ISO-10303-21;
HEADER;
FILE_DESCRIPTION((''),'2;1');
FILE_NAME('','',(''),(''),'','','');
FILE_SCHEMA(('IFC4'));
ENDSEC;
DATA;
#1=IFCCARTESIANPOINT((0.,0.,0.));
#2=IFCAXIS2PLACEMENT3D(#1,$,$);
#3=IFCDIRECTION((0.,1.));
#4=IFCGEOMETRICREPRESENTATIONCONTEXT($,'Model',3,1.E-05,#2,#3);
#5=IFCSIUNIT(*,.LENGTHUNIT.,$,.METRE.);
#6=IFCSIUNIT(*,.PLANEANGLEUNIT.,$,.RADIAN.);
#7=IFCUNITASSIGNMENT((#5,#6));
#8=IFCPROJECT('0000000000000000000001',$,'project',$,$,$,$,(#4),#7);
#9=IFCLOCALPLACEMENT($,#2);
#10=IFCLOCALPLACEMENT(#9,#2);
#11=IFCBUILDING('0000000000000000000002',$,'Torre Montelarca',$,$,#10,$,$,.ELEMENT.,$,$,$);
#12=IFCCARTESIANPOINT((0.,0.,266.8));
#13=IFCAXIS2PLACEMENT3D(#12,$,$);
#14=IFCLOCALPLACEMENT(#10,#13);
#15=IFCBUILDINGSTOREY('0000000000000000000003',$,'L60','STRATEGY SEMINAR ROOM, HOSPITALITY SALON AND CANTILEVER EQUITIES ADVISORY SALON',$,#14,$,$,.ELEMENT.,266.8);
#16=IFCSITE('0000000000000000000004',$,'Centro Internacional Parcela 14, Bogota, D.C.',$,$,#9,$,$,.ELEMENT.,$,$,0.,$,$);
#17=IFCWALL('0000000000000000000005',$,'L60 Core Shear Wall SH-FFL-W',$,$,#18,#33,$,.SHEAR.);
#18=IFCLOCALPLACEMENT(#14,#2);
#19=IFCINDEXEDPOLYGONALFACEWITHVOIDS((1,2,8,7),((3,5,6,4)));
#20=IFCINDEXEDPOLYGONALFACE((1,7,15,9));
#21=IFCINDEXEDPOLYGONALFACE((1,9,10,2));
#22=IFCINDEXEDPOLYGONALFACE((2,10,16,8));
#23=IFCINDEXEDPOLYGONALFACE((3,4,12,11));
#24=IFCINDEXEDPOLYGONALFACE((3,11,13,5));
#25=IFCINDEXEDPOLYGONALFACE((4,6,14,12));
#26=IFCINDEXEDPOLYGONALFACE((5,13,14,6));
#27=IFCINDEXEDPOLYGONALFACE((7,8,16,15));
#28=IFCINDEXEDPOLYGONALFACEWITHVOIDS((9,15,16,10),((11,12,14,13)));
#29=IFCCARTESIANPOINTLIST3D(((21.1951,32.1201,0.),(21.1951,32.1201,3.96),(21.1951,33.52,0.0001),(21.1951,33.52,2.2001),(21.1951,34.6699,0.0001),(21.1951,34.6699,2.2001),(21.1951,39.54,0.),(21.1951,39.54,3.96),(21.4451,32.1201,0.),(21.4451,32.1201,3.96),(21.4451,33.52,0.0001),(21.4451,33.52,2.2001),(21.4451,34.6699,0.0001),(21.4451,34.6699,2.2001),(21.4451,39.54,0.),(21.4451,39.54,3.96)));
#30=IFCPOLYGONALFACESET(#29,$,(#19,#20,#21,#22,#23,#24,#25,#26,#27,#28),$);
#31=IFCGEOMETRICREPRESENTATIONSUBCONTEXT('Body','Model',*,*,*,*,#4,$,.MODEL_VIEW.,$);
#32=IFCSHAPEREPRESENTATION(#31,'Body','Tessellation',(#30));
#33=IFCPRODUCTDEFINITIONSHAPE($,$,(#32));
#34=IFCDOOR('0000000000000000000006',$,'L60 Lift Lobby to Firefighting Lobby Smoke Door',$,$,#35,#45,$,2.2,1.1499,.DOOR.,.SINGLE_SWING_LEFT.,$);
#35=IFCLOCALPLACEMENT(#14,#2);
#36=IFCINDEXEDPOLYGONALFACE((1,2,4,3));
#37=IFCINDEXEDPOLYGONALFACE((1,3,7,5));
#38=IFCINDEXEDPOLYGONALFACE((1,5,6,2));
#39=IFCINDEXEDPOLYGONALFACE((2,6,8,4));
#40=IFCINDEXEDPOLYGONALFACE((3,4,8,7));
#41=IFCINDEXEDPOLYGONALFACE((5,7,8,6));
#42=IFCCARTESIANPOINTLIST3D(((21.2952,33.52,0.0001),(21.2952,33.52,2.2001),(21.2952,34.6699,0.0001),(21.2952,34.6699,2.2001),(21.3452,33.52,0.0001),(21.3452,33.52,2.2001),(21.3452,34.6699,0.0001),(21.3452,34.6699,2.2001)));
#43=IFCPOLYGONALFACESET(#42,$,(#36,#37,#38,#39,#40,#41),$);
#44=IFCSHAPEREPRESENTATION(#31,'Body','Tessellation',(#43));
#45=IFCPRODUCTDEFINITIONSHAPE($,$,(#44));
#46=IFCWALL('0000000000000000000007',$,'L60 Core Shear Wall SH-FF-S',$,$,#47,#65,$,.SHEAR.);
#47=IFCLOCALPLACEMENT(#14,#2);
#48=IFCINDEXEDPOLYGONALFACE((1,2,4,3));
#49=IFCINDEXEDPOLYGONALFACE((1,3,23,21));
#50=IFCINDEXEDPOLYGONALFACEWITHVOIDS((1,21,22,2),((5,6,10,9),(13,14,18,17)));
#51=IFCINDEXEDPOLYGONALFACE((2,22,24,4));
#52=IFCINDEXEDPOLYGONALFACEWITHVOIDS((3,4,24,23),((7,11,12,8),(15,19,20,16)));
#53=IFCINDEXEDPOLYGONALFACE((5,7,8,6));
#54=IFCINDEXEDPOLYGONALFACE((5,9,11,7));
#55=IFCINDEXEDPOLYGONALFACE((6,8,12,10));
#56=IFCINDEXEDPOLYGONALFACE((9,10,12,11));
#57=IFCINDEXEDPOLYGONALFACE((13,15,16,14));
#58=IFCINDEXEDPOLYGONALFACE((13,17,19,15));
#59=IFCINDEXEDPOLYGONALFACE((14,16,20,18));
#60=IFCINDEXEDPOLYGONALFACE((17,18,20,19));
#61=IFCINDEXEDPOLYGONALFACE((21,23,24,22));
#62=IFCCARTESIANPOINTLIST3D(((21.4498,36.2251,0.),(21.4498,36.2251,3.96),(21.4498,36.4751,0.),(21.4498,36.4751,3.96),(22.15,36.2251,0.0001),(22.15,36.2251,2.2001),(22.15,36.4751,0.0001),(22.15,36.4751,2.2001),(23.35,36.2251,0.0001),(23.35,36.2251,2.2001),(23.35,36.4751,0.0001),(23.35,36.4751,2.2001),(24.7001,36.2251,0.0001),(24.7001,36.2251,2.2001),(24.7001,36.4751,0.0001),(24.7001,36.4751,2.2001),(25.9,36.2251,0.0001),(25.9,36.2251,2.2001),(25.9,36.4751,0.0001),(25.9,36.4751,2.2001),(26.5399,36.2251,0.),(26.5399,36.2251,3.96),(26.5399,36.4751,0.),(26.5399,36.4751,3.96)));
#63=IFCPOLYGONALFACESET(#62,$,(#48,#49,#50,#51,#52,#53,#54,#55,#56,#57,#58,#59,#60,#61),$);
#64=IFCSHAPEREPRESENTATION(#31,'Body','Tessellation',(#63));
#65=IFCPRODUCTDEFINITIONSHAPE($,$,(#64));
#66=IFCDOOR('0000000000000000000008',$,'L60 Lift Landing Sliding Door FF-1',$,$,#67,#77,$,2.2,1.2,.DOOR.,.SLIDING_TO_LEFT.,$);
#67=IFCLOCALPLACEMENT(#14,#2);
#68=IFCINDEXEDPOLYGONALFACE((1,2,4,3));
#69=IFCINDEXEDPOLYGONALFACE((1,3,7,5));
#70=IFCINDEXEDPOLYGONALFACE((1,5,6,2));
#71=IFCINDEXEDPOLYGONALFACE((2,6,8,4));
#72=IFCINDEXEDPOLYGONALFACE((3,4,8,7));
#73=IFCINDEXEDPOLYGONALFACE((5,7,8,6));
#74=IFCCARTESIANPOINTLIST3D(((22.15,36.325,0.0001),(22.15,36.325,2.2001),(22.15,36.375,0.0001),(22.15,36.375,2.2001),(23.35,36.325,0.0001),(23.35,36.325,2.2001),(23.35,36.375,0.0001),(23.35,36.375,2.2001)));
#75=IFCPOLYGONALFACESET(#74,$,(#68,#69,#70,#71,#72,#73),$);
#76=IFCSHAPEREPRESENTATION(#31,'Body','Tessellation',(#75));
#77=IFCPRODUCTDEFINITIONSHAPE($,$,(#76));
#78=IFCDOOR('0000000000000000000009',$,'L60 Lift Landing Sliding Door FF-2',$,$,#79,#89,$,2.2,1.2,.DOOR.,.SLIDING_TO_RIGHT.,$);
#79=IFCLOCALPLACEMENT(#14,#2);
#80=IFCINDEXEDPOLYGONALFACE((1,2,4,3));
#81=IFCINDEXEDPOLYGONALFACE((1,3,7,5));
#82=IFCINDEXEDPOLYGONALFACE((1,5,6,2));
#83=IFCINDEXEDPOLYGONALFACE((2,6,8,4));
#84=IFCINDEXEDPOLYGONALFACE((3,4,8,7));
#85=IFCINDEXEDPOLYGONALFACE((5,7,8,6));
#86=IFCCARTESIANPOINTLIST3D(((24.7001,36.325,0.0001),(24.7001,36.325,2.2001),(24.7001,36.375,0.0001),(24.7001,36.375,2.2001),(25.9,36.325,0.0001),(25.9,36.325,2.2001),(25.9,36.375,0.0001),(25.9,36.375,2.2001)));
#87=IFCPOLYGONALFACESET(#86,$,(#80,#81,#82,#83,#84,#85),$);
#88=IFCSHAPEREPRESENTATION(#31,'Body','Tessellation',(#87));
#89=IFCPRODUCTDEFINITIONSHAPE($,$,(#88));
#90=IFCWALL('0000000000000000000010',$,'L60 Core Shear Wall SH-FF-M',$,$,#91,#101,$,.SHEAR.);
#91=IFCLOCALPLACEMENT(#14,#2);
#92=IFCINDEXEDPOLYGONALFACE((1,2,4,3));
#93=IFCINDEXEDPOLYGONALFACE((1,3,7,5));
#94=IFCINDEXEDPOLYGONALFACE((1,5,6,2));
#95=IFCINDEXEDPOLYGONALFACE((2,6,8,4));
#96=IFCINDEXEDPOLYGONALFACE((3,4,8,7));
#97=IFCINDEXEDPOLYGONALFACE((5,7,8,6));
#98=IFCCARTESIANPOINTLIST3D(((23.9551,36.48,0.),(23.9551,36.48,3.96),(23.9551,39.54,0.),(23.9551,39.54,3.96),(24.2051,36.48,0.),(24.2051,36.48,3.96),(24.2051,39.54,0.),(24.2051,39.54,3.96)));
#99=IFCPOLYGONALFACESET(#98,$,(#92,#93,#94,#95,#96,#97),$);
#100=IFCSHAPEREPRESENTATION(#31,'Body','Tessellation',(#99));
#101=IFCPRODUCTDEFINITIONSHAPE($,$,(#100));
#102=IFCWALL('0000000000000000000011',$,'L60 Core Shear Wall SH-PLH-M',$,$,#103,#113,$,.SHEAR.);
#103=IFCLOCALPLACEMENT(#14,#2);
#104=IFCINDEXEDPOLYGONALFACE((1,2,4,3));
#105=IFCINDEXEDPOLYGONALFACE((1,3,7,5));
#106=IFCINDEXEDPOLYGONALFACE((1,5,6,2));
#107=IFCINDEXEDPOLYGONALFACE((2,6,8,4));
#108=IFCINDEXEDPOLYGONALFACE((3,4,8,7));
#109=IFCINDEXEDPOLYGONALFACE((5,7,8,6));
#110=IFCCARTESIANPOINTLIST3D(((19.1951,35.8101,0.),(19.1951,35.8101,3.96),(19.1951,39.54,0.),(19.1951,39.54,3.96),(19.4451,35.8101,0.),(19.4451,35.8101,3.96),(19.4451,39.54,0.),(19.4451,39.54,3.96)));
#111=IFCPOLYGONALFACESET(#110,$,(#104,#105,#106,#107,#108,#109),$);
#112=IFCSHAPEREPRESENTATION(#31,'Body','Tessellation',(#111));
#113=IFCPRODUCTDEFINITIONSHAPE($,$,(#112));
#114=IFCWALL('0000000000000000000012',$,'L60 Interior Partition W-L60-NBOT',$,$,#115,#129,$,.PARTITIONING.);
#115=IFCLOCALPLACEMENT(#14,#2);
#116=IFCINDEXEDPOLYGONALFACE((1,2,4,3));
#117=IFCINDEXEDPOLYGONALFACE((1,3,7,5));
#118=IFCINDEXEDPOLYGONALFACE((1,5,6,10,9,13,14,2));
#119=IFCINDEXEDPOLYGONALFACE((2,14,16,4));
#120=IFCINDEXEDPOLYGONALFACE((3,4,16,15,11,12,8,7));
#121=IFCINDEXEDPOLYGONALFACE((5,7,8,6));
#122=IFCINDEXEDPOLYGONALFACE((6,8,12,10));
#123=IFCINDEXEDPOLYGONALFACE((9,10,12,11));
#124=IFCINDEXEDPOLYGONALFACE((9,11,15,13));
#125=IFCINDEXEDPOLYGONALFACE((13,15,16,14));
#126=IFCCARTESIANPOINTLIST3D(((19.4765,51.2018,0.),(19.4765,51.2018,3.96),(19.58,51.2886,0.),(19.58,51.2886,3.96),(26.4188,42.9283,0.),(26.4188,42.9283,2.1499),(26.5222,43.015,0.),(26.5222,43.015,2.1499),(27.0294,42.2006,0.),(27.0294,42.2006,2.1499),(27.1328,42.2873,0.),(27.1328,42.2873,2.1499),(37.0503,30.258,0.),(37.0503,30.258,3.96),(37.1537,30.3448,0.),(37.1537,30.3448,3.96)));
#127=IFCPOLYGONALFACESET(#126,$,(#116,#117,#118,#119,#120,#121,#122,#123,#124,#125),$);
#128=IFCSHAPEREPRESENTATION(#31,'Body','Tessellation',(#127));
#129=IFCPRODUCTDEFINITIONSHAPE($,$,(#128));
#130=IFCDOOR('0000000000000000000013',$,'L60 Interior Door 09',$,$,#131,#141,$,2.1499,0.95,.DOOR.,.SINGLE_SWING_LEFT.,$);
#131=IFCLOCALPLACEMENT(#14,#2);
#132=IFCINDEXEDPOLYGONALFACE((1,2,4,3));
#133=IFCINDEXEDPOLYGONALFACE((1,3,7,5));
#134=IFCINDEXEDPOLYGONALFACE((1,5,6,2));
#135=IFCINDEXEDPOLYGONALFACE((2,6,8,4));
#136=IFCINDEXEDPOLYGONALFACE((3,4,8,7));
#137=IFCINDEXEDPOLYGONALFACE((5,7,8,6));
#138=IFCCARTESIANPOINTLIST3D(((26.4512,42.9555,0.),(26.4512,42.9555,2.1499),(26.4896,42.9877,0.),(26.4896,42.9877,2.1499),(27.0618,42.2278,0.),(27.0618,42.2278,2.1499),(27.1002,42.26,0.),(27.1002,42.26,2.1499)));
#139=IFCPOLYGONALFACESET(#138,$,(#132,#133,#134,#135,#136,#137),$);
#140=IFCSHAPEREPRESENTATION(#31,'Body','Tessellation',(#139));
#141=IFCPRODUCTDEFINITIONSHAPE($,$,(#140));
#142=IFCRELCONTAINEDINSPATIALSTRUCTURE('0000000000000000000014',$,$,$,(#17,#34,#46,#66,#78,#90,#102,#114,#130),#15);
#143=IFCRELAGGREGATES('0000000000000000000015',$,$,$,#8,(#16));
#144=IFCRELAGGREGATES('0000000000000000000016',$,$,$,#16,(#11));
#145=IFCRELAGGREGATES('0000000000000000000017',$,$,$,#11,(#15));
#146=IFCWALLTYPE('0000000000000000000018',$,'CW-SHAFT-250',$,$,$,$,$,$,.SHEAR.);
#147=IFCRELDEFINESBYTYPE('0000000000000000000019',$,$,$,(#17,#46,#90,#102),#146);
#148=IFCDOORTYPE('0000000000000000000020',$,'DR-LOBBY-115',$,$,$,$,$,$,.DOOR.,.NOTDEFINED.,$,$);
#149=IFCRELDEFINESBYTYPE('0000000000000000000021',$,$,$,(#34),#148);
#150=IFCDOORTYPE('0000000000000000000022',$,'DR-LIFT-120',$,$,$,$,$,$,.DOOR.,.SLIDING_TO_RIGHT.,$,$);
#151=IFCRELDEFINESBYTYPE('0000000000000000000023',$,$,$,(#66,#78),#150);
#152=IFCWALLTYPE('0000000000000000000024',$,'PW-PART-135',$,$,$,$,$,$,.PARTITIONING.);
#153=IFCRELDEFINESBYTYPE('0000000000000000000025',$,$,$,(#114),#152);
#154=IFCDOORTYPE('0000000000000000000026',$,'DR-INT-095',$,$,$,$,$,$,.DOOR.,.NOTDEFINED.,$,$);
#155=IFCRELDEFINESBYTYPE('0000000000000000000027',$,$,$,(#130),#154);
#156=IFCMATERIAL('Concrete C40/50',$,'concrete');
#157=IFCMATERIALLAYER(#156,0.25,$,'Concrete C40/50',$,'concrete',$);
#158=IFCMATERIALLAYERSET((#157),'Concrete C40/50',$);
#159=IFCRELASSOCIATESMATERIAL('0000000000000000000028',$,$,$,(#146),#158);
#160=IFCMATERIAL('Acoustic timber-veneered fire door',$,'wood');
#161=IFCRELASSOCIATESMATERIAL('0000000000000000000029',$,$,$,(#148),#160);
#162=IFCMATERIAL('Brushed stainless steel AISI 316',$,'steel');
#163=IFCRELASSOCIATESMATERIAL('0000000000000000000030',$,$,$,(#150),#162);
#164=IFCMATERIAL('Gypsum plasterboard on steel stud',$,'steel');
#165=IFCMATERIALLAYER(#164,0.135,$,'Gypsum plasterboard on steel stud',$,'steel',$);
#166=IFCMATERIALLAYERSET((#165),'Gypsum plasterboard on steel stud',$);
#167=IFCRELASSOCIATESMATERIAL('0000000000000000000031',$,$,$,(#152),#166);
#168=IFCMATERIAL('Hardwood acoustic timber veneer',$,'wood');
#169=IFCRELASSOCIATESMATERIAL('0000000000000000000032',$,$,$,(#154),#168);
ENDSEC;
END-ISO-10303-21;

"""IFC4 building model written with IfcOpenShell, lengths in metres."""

from ifc_helpers import new_model, si_unit, direction, frame, frame_2d, origin, place, context, subcontext, project, spatial, rectangle, extrude, source, transform, mapped, material, layer, layer_set, type_object, element, fill, save


model = new_model("IFC4")

# Units and contexts
model_context = context("Model", 3, precision=1e-05, world=origin(), true_north=direction((0.0, 1.0)))
body_context = subcontext(model_context, "Body", "Model", "MODEL_VIEW")
ifc_project = project(units=[si_unit("LENGTHUNIT", "METRE"), si_unit("PLANEANGLEUNIT", "RADIAN")], contexts=[model_context])

# Site, building, storey
site_placement = place(None, origin())
site = spatial("IfcSite", under=ifc_project, at=site_placement, Name="Centro Internacional Parcela 14, Bogota, D.C.", CompositionType="ELEMENT", RefElevation=0.0)
building_placement = place(site_placement, origin())
building = spatial("IfcBuilding", under=site, at=building_placement, Name="Torre Montelarca", CompositionType="ELEMENT")
storey_placement = place(building_placement, frame((0.0, 0.0, 266.8)))
storey = spatial("IfcBuildingStorey", under=building, at=storey_placement, Name="L60", Description="STRATEGY SEMINAR ROOM, HOSPITALITY SALON AND CANTILEVER EQUITIES ADVISORY SALON", CompositionType="ELEMENT", Elevation=266.8)

# Wall, opening, door
ifc_material_1 = material(Name="Concrete C40/50", Category="concrete")
ifc_layer_1 = layer(ifc_material_1, 0.25, Name="Concrete C40/50", Category="concrete")
ifc_layer_set_1 = layer_set([ifc_layer_1], Name="Concrete C40/50")
wall_type_1 = type_object("IfcWallType", Name="CW-SHAFT-250", PredefinedType="SHEAR", material=ifc_layer_set_1)
wall_1_placement = place(storey_placement, frame((21.3201, 32.1201, 0.0), z_axis=(0.0, 0.0, 1.0), x_axis=(0.0, 1.0, 0.0)))
wall_1 = element("IfcWall", 1, at=wall_1_placement, inside=storey, type_object=wall_type_1, Name="L60 Core Shear Wall SH-FFL-W", PredefinedType="SHEAR", context=body_context, shape_type="SweptSolid", body=[
    extrude(rectangle(XDim=7.4199, YDim=0.25, at=frame_2d((3.71, 0.0))), origin(), (0.0, 0.0, 1.0), 3.96),
])
opening_1_placement = place(wall_1_placement, frame((1.3999, 0.0, 0.0)))
opening_1 = element("IfcOpeningElement", 2, at=opening_1_placement, cuts=wall_1, PredefinedType="OPENING", context=body_context, shape_type="SweptSolid", body=[
    extrude(rectangle(XDim=1.1499, YDim=2.2, at=frame_2d((0.575, 1.1001))), frame((0.0, 0.135, 0.0), z_axis=(0.0, -1.0, 0.0), x_axis=(1.0, 0.0, 0.0)), (0.0, 0.0, 1.0), 0.27),
])
ifc_material_2 = material(Name="Acoustic timber-veneered fire door", Category="wood")
door_type_1 = type_object("IfcDoorType", Name="DR-LOBBY-115", OperationType="NOTDEFINED", PredefinedType="DOOR", material=ifc_material_2)
shared_shape_1 = source(origin(), body_context, "Body", "SweptSolid", [
    extrude(rectangle(XDim=1.1499, YDim=2.2, at=frame_2d((0.575, 1.1001))), frame((0.0, 0.0249, 0.0), z_axis=(0.0, -1.0, 0.0), x_axis=(1.0, 0.0, 0.0)), (0.0, 0.0, 1.0), 0.05),
])
door_1_placement = place(opening_1_placement, origin())
door_1 = element("IfcDoor", 3, at=door_1_placement, inside=storey, type_object=door_type_1, Name="L60 Lift Lobby to Firefighting Lobby Smoke Door", OperationType="SINGLE_SWING_LEFT", OverallHeight=2.2, OverallWidth=1.1499, PredefinedType="DOOR", context=body_context, shape_type="MappedRepresentation", body=[
    mapped(shared_shape_1, transform((0.0, 0.0, 0.0), scale=1.0)),
])
fill(opening_1, door_1)

# Wall, openings, doors
wall_2_placement = place(storey_placement, frame((21.45, 36.3501, 0.0), z_axis=(0.0, 0.0, 1.0), x_axis=(1.0, 0.0, 0.0)))
wall_2 = element("IfcWall", 4, at=wall_2_placement, inside=storey, type_object=wall_type_1, Name="L60 Core Shear Wall SH-FF-S", PredefinedType="SHEAR", context=body_context, shape_type="SweptSolid", body=[
    extrude(rectangle(XDim=5.0901, YDim=0.25, at=frame_2d((2.5449, 0.0))), origin(), (0.0, 0.0, 1.0), 3.96),
])
opening_2_placement = place(wall_2_placement, frame((0.7, 0.0, 0.0)))
opening_2 = element("IfcOpeningElement", 5, at=opening_2_placement, cuts=wall_2, PredefinedType="OPENING", context=body_context, shape_type="SweptSolid", body=[
    extrude(rectangle(XDim=1.2, YDim=2.2, at=frame_2d((0.6001, 1.1001))), frame((0.0, 0.135, 0.0), z_axis=(0.0, -1.0, 0.0), x_axis=(1.0, 0.0, 0.0)), (0.0, 0.0, 1.0), 0.27),
])
opening_3_placement = place(wall_2_placement, frame((3.25, 0.0, 0.0)))
opening_3 = element("IfcOpeningElement", 6, at=opening_3_placement, cuts=wall_2, PredefinedType="OPENING", context=body_context, shape_type="SweptSolid", body=[
    extrude(rectangle(XDim=1.2, YDim=2.2, at=frame_2d((0.6001, 1.1001))), frame((0.0, 0.135, 0.0), z_axis=(0.0, -1.0, 0.0), x_axis=(1.0, 0.0, 0.0)), (0.0, 0.0, 1.0), 0.27),
])
ifc_material_3 = material(Name="Brushed stainless steel AISI 316", Category="steel")
door_type_2 = type_object("IfcDoorType", Name="DR-LIFT-120", OperationType="SLIDING_TO_RIGHT", PredefinedType="DOOR", material=ifc_material_3)
shared_shape_2 = source(origin(), body_context, "Body", "SweptSolid", [
    extrude(rectangle(XDim=1.2, YDim=2.2, at=frame_2d((0.6001, 1.1001))), frame((0.0, 0.0249, 0.0), z_axis=(0.0, -1.0, 0.0), x_axis=(1.0, 0.0, 0.0)), (0.0, 0.0, 1.0), 0.05),
])
door_2_placement = place(opening_2_placement, origin())
door_2 = element("IfcDoor", 7, at=door_2_placement, inside=storey, type_object=door_type_2, Name="L60 Lift Landing Sliding Door FF-1", OperationType="SLIDING_TO_LEFT", OverallHeight=2.2, OverallWidth=1.2, PredefinedType="DOOR", context=body_context, shape_type="MappedRepresentation", body=[
    mapped(shared_shape_2, transform((0.0, 0.0, 0.0), scale=1.0)),
])
fill(opening_2, door_2)
door_3_placement = place(opening_3_placement, origin())
door_3 = element("IfcDoor", 8, at=door_3_placement, inside=storey, type_object=door_type_2, Name="L60 Lift Landing Sliding Door FF-2", OperationType="SLIDING_TO_RIGHT", OverallHeight=2.2, OverallWidth=1.2, PredefinedType="DOOR", context=body_context, shape_type="MappedRepresentation", body=[
    mapped(shared_shape_2, transform((0.0, 0.0, 0.0), scale=1.0)),
])
fill(opening_3, door_3)

# Walls
wall_3_placement = place(storey_placement, frame((24.0801, 36.48, 0.0), z_axis=(0.0, 0.0, 1.0), x_axis=(0.0, 1.0, 0.0)))
element("IfcWall", 9, at=wall_3_placement, inside=storey, type_object=wall_type_1, Name="L60 Core Shear Wall SH-FF-M", PredefinedType="SHEAR", context=body_context, shape_type="SweptSolid", body=[
    extrude(rectangle(XDim=3.0601, YDim=0.25, at=frame_2d((1.53, 0.0))), origin(), (0.0, 0.0, 1.0), 3.96),
])
wall_4_placement = place(storey_placement, frame((19.3201, 35.8101, 0.0), z_axis=(0.0, 0.0, 1.0), x_axis=(0.0, 1.0, 0.0)))
element("IfcWall", 10, at=wall_4_placement, inside=storey, type_object=wall_type_1, Name="L60 Core Shear Wall SH-PLH-M", PredefinedType="SHEAR", context=body_context, shape_type="SweptSolid", body=[
    extrude(rectangle(XDim=3.73, YDim=0.25, at=frame_2d((1.865, 0.0))), origin(), (0.0, 0.0, 1.0), 3.96),
])

# Wall, opening, door
ifc_material_4 = material(Name="Gypsum plasterboard on steel stud", Category="steel")
ifc_layer_2 = layer(ifc_material_4, 0.135, Name="Gypsum plasterboard on steel stud", Category="steel")
ifc_layer_set_2 = layer_set([ifc_layer_2], Name="Gypsum plasterboard on steel stud")
wall_type_2 = type_object("IfcWallType", Name="PW-PART-135", PredefinedType="PARTITIONING", material=ifc_layer_set_2)
wall_5_placement = place(storey_placement, frame((19.5283, 51.2451, 0.0), z_axis=(0.0, 0.0, 1.0), x_axis=(0.642782, -0.766049, 0.0)))
wall_5 = element("IfcWall", 11, at=wall_5_placement, inside=storey, type_object=wall_type_2, Name="L60 Interior Partition W-L60-NBOT", PredefinedType="PARTITIONING", context=body_context, shape_type="SweptSolid", body=[
    extrude(rectangle(XDim=27.3401, YDim=0.135, at=frame_2d((13.6699, 0.0))), origin(), (0.0, 0.0, 1.0), 3.96),
])
opening_4_placement = place(wall_5_placement, frame((10.8, 0.0, 0.0)))
opening_4 = element("IfcOpeningElement", 12, at=opening_4_placement, cuts=wall_5, PredefinedType="OPENING", context=body_context, shape_type="SweptSolid", body=[
    extrude(rectangle(XDim=0.95, YDim=2.1499, at=frame_2d((0.4751, 1.075))), frame((0.0, 0.0776, 0.0), z_axis=(0.0, -1.0, 0.0), x_axis=(1.0, 0.0, 0.0)), (0.0, 0.0, 1.0), 0.155),
])
ifc_material_5 = material(Name="Hardwood acoustic timber veneer", Category="wood")
door_type_3 = type_object("IfcDoorType", Name="DR-INT-095", OperationType="NOTDEFINED", PredefinedType="DOOR", material=ifc_material_5)
shared_shape_3 = source(origin(), body_context, "Body", "SweptSolid", [
    extrude(rectangle(XDim=0.95, YDim=2.1499, at=frame_2d((0.4751, 1.075))), frame((0.0, 0.0249, 0.0), z_axis=(0.0, -1.0, 0.0), x_axis=(1.0, 0.0, 0.0)), (0.0, 0.0, 1.0), 0.05),
])
door_4_placement = place(opening_4_placement, origin())
door_4 = element("IfcDoor", 13, at=door_4_placement, inside=storey, type_object=door_type_3, Name="L60 Interior Door 09", OperationType="SINGLE_SWING_LEFT", OverallHeight=2.1499, OverallWidth=0.95, PredefinedType="DOOR", context=body_context, shape_type="MappedRepresentation", body=[
    mapped(shared_shape_3, transform((0.0, 0.0, 0.0), scale=1.0)),
])
fill(opening_4, door_4)

save(model, "model.ifc")
